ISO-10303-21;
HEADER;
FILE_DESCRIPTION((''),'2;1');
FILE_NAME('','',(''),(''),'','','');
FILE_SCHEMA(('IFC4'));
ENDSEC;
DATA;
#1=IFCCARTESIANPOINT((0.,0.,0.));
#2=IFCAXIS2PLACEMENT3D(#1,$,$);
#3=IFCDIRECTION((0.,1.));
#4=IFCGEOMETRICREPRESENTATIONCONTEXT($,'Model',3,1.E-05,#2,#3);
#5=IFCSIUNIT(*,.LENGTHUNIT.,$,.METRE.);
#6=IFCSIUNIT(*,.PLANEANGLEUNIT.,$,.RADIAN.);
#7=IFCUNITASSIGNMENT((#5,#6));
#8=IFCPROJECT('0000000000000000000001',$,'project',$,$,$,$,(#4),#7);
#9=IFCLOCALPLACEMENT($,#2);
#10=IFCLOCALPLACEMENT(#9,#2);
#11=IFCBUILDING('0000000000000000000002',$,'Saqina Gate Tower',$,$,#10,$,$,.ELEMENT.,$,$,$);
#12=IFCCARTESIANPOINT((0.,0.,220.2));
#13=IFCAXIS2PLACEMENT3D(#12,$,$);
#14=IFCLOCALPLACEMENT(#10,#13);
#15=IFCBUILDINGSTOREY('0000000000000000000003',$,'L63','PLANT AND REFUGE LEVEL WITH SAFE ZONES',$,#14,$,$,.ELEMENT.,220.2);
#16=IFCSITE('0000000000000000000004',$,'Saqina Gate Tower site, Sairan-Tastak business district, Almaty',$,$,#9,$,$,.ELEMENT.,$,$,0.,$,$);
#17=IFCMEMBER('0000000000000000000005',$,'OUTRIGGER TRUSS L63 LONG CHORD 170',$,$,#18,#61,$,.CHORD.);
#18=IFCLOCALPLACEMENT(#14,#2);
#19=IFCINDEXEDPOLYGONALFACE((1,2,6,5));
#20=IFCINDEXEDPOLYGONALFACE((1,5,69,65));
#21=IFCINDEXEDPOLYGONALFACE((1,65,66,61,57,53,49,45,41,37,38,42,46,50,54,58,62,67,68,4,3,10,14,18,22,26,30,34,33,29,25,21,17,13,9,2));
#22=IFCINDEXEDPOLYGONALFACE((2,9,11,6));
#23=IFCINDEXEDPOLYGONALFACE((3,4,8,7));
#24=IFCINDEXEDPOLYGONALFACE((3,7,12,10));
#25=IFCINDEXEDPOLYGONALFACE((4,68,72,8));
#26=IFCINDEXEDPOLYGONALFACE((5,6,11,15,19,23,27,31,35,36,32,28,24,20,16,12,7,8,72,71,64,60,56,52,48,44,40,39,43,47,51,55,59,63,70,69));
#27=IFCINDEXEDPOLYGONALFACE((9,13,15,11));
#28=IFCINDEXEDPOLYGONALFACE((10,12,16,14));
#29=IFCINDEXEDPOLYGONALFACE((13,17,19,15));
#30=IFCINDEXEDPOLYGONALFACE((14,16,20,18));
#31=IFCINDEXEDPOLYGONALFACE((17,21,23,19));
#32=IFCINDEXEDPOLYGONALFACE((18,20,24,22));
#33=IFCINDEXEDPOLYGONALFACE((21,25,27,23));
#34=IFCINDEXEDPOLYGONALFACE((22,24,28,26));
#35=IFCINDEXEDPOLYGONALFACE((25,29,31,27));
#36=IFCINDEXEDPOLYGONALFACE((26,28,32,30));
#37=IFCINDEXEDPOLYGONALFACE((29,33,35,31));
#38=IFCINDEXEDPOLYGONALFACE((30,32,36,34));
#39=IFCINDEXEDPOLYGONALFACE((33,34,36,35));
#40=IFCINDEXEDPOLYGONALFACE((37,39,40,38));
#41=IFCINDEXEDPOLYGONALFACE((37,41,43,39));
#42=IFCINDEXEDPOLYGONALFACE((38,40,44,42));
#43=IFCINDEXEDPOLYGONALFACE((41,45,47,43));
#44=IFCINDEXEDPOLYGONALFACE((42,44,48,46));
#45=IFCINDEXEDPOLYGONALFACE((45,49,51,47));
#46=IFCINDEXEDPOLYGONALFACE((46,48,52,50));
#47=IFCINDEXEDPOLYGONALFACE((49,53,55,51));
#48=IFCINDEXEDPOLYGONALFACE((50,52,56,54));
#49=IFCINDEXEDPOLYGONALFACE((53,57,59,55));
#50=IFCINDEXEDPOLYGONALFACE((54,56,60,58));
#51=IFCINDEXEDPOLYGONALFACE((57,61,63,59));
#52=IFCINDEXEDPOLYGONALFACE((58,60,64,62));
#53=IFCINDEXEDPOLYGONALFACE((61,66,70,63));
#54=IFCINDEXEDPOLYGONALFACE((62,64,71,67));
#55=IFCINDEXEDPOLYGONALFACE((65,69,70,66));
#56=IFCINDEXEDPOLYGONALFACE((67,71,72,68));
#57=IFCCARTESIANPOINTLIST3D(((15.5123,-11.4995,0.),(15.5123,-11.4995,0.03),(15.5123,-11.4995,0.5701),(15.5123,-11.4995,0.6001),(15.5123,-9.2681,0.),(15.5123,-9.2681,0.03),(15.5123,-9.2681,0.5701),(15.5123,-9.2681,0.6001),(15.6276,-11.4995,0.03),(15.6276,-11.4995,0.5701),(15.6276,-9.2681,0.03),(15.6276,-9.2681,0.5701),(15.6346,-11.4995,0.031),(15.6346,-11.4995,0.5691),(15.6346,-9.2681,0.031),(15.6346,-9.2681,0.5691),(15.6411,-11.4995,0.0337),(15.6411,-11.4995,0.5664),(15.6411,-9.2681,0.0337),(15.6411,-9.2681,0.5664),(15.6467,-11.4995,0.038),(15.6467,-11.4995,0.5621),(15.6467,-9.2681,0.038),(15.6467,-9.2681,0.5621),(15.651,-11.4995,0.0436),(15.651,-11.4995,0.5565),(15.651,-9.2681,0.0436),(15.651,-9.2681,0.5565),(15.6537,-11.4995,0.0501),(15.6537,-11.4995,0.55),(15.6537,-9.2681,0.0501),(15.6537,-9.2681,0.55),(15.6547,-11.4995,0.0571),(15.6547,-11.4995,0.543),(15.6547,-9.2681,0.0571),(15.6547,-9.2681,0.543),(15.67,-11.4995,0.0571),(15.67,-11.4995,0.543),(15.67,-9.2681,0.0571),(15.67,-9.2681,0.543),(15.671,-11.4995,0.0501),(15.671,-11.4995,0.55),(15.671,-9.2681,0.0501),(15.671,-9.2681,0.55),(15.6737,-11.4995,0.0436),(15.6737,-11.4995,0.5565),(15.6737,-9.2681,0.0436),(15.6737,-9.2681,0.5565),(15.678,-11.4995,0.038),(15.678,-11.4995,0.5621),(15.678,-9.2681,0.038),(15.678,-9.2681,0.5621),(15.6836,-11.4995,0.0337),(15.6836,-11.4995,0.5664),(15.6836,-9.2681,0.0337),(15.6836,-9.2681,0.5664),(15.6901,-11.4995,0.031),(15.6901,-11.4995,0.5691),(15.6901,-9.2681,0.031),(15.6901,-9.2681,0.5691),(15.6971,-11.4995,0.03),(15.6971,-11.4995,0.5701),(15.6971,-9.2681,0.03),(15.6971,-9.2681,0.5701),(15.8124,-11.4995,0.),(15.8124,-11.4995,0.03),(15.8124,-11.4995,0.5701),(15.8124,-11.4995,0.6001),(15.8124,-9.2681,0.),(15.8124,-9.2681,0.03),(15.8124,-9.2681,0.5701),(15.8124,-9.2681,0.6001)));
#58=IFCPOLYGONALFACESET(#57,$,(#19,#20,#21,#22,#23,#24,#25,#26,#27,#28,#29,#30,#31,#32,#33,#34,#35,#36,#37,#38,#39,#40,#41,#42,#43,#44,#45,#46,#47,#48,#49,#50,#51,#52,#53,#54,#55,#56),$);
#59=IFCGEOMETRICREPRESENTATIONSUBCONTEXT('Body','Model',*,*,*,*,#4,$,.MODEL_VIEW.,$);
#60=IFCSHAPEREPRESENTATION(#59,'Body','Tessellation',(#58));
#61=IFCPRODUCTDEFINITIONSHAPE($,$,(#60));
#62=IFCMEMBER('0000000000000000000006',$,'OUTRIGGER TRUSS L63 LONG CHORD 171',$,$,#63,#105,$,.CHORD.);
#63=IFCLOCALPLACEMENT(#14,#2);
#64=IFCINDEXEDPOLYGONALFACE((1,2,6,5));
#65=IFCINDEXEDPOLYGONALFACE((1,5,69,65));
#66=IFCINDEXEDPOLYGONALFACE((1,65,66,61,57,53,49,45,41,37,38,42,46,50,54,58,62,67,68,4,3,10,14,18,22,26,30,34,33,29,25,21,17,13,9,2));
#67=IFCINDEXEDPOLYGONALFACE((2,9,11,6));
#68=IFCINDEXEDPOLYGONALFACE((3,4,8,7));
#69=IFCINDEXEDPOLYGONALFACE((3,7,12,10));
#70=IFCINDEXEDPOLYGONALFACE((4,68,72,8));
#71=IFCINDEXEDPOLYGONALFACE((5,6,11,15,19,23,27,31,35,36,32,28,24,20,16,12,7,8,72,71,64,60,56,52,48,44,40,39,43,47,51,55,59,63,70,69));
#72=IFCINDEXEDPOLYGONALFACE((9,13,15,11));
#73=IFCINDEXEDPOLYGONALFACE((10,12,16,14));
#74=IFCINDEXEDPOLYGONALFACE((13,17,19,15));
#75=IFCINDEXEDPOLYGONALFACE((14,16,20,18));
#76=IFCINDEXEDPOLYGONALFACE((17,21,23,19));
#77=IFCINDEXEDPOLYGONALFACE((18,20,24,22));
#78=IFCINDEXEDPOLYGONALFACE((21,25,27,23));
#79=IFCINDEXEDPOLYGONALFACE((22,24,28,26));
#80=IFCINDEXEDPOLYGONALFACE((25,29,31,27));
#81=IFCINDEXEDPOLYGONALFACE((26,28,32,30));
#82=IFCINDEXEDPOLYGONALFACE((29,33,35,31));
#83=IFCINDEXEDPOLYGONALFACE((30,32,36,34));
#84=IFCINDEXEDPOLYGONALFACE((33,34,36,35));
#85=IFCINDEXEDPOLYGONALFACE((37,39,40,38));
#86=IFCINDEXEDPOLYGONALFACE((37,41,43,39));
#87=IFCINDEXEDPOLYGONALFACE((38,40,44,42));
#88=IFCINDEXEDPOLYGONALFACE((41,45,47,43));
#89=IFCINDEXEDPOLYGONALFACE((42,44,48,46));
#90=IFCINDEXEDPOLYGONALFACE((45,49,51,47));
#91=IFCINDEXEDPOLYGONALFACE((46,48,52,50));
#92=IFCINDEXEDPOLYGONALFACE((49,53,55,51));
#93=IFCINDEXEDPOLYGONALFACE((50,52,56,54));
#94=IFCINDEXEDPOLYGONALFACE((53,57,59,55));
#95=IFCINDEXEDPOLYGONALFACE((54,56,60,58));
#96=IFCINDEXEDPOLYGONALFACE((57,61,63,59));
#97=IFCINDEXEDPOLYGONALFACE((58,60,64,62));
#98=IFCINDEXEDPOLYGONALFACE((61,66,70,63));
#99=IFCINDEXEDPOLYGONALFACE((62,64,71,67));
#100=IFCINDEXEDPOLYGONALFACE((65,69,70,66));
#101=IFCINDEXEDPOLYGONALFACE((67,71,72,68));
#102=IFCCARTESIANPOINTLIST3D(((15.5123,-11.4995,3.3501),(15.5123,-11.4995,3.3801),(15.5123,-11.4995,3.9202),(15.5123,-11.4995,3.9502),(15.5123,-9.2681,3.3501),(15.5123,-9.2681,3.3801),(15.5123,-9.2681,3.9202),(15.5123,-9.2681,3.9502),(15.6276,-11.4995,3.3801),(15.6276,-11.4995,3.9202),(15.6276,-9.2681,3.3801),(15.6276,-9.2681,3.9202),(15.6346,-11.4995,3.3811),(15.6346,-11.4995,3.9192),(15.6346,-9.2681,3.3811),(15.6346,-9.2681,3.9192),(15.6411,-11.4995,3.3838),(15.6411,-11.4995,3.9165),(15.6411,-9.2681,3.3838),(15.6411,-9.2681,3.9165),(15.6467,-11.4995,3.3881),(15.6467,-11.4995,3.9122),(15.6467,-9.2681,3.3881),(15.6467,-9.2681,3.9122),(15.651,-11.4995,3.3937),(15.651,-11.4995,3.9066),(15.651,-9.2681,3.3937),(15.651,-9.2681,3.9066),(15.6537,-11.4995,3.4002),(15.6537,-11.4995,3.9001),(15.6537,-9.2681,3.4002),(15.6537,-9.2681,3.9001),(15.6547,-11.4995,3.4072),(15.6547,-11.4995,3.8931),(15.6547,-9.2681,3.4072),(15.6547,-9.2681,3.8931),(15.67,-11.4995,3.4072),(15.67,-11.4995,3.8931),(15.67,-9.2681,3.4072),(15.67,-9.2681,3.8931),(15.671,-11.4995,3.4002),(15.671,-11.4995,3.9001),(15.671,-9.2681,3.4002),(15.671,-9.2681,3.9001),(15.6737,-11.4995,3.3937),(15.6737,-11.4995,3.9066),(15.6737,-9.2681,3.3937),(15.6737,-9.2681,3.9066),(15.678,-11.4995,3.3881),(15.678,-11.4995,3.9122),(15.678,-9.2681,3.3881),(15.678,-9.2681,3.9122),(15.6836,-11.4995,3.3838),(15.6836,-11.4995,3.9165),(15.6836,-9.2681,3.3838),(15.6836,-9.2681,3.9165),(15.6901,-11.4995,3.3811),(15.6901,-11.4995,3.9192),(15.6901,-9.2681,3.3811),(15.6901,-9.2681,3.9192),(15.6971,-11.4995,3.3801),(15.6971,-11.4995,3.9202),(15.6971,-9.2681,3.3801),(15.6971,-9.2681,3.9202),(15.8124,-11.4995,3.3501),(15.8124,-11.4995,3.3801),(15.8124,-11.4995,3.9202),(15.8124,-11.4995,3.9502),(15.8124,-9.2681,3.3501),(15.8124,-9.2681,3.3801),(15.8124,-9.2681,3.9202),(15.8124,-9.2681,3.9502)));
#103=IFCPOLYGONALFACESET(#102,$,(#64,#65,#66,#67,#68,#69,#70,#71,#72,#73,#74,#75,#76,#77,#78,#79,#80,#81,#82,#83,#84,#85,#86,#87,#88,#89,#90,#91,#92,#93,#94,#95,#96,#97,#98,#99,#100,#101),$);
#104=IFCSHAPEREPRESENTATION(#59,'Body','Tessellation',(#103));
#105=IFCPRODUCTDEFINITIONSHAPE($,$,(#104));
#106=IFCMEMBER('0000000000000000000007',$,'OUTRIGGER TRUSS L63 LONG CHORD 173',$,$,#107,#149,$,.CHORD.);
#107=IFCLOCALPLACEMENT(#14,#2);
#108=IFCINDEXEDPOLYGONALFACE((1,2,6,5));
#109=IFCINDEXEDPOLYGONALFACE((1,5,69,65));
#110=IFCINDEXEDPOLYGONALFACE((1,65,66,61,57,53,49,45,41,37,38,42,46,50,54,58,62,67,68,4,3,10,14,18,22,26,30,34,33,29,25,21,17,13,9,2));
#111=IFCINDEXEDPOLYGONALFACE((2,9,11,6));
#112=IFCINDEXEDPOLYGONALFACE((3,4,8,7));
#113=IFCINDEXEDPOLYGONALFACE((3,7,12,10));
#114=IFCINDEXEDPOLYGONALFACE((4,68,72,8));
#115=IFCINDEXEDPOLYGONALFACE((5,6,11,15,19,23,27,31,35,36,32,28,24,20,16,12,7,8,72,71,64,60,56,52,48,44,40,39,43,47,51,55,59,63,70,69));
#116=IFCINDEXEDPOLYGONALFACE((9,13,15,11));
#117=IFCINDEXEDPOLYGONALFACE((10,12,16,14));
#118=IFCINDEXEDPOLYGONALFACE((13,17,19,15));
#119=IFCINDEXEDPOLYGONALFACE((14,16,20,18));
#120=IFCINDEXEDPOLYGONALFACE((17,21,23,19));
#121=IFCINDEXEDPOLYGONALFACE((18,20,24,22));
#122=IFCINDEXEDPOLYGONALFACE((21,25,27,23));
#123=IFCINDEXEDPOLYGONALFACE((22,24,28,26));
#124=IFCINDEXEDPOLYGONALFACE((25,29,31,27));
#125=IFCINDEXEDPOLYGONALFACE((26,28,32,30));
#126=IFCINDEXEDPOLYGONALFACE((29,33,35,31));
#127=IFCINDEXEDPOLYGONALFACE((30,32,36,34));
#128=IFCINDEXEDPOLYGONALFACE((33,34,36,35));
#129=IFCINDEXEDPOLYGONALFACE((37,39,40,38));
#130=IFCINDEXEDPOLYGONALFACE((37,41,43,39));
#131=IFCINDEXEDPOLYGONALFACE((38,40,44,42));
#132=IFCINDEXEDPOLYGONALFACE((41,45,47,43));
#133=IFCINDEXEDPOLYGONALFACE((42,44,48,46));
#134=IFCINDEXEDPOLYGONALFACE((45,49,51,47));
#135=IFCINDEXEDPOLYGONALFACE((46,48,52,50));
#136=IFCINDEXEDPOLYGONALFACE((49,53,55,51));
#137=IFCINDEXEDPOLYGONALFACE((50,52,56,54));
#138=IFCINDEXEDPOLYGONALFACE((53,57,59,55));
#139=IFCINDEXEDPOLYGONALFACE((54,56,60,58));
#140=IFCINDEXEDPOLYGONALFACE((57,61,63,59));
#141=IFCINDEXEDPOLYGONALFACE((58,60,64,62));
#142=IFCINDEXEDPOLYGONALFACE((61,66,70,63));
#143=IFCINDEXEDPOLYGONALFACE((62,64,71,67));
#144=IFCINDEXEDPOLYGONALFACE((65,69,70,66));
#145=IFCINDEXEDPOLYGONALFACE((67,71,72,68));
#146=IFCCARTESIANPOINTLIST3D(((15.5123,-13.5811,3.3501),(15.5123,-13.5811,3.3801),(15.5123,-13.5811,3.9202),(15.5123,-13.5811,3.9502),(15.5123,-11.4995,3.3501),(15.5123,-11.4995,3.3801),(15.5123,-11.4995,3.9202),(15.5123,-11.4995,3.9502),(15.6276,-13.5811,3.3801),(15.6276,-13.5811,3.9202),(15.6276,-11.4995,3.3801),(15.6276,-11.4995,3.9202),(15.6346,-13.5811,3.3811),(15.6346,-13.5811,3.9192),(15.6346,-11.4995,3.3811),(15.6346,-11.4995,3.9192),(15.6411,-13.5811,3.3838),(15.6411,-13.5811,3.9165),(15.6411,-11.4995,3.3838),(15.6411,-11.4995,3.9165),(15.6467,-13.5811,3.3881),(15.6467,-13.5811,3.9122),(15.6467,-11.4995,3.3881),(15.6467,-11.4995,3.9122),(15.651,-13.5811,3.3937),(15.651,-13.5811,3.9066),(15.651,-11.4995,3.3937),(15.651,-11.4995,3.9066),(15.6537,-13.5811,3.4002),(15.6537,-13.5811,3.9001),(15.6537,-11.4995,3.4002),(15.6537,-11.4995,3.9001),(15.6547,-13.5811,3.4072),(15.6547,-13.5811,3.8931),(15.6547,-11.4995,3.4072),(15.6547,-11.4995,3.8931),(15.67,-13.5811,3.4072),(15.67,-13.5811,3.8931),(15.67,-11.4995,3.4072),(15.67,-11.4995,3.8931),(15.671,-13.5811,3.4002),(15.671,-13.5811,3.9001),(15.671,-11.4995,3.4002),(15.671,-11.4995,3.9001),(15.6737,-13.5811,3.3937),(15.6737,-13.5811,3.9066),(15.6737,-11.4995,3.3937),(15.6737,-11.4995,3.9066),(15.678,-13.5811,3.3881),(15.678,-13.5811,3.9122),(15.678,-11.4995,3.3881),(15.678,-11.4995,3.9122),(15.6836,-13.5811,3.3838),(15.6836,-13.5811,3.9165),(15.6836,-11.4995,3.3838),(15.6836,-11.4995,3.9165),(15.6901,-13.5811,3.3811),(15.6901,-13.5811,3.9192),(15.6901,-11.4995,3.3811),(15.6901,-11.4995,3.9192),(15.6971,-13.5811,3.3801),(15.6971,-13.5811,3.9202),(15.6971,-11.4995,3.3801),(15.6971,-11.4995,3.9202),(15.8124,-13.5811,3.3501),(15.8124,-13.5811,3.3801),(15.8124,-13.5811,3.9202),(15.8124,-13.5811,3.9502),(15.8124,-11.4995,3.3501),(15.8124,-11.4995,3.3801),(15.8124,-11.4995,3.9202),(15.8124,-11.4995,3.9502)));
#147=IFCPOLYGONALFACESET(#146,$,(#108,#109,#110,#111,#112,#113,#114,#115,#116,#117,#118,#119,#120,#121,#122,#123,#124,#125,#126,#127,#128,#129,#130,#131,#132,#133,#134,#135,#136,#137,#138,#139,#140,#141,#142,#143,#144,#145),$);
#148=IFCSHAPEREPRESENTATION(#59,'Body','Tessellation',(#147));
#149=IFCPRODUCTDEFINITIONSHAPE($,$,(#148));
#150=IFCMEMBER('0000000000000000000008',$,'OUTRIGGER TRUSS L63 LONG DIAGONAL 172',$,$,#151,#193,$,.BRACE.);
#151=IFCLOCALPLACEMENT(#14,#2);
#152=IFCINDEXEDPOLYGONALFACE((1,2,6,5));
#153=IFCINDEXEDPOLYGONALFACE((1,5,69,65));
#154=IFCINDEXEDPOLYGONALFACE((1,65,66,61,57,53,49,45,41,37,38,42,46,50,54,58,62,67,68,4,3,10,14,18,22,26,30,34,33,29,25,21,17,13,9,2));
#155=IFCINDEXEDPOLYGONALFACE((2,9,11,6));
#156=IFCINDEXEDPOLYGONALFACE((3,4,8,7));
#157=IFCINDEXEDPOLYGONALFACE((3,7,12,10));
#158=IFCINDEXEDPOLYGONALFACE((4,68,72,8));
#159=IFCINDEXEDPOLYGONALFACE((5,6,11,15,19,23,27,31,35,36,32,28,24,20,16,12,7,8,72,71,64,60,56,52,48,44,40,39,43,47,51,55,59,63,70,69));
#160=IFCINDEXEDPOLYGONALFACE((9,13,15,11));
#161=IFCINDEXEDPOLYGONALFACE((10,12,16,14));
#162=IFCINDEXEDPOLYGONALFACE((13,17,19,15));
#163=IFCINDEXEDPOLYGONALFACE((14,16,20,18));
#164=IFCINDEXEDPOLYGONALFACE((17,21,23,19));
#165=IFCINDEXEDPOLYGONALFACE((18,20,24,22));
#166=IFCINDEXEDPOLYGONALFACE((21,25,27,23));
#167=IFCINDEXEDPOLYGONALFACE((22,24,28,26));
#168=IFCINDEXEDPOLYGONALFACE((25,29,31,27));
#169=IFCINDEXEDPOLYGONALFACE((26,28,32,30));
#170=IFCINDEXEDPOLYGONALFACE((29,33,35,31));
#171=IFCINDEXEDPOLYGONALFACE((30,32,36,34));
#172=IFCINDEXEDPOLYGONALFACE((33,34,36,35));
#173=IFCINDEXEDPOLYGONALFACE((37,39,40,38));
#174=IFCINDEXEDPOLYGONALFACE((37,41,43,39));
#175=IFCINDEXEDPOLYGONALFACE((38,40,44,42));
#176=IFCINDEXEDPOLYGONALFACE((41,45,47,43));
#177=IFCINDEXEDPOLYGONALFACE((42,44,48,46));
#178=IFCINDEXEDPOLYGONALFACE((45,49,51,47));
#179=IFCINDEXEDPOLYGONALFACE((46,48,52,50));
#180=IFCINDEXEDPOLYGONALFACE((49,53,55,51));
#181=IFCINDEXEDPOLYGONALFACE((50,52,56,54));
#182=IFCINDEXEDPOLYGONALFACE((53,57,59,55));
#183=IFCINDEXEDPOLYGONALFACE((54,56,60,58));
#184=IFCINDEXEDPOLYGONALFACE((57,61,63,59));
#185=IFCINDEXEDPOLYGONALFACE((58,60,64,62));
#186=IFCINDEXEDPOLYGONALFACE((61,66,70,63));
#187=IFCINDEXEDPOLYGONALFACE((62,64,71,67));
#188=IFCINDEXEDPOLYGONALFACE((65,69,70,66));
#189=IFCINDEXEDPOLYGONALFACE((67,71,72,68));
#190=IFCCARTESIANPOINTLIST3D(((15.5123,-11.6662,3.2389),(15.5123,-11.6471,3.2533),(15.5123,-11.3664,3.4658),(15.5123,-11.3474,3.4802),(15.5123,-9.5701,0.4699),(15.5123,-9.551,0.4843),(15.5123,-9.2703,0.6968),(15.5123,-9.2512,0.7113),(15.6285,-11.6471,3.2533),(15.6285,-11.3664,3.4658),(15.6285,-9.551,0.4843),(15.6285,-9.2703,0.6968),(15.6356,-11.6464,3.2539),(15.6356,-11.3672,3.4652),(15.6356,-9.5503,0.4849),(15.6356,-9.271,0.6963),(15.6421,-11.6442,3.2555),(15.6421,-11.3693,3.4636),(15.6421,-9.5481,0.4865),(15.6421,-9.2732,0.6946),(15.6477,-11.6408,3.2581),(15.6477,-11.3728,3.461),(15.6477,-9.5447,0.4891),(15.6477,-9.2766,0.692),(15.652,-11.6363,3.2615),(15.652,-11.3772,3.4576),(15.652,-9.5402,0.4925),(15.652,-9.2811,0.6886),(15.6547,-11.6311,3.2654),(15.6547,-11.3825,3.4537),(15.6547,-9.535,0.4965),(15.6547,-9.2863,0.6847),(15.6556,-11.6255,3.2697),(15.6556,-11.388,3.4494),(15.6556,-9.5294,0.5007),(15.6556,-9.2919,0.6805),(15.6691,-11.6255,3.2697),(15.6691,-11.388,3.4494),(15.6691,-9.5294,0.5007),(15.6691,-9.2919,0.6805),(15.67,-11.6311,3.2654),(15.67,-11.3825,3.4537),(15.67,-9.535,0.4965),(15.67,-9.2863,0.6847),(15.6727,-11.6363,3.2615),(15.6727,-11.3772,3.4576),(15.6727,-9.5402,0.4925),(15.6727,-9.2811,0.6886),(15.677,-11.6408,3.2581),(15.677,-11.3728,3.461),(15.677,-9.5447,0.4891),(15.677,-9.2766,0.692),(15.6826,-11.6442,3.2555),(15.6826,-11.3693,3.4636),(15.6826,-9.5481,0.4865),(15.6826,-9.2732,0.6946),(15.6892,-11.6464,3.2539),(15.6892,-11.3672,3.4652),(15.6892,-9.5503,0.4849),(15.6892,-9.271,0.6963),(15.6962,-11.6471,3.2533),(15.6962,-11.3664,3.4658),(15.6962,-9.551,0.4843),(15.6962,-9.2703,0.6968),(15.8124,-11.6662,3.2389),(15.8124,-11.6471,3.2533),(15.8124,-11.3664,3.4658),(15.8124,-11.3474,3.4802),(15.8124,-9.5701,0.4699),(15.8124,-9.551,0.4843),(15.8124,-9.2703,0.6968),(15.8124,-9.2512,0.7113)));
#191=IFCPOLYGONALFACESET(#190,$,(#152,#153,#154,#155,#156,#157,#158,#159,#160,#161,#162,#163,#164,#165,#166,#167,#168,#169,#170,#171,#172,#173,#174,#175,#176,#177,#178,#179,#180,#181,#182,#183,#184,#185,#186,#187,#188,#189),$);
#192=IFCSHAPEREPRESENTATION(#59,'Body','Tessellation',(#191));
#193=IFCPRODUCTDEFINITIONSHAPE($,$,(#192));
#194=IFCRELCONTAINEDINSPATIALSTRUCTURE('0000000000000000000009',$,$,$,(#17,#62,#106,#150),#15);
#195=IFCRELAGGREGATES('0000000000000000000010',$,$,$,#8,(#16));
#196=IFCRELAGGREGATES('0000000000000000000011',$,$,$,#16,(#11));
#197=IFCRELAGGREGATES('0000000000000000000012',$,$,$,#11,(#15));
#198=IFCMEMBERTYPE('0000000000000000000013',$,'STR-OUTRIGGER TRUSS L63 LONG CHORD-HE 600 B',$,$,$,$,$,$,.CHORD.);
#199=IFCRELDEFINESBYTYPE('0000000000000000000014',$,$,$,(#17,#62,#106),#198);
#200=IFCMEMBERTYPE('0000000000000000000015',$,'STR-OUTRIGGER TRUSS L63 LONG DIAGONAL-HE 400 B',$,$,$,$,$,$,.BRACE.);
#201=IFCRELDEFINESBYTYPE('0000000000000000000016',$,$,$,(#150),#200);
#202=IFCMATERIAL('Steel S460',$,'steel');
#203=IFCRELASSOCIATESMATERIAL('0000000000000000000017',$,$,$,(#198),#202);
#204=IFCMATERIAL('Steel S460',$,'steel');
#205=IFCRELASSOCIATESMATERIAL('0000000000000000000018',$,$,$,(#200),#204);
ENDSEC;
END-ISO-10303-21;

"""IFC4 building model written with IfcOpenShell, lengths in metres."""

from ifc_helpers import new_model, si_unit, direction, frame, origin, origin_2d, place, context, subcontext, project, spatial, i_section, extrude, material, material_profile, profile_set, type_object, element, save


model = new_model("IFC4")

# Units and contexts
model_context = context("Model", 3, precision=1e-05, world=origin(), true_north=direction((0.0, 1.0)))
body_context = subcontext(model_context, "Body", "Model", "MODEL_VIEW")
ifc_project = project(units=[si_unit("LENGTHUNIT", "METRE"), si_unit("PLANEANGLEUNIT", "RADIAN")], contexts=[model_context])

# Site, building, storey
site_placement = place(None, origin())
site = spatial("IfcSite", under=ifc_project, at=site_placement, Name="Saqina Gate Tower site, Sairan-Tastak business district, Almaty", CompositionType="ELEMENT", RefElevation=0.0)
building_placement = place(site_placement, origin())
building = spatial("IfcBuilding", under=site, at=building_placement, Name="Saqina Gate Tower", CompositionType="ELEMENT")
storey_placement = place(building_placement, frame((0.0, 0.0, 220.2)))
storey = spatial("IfcBuildingStorey", under=building, at=storey_placement, Name="L63", Description="PLANT AND REFUGE LEVEL WITH SAFE ZONES", CompositionType="ELEMENT", Elevation=220.2)

# Members
ifc_material_1 = material(Name="Steel S460", Category="steel")
ifc_material_profile_1 = material_profile(ifc_material_1, i_section(OverallWidth=0.3, OverallDepth=0.6001, WebThickness=0.0154, FlangeThickness=0.03, FilletRadius=0.0271, at=origin_2d()), Name="HE 600 B")
ifc_profile_set_1 = profile_set([ifc_material_profile_1], Name="Steel S460")
member_type_1 = type_object("IfcMemberType", Name="STR-OUTRIGGER TRUSS L63 LONG CHORD-HE 600 B", PredefinedType="CHORD", material=ifc_profile_set_1)
for number, where, z_axis, x_axis, name in (
    (1, (15.6624, -9.2681, 0.3), (0.0, -1.0, 0.0), (1.0, 0.0, 0.0), "OUTRIGGER TRUSS L63 LONG CHORD 170"),
    (2, (15.6624, -9.2681, 3.6501), (0.0, -1.0, 0.0), (1.0, 0.0, 0.0), "OUTRIGGER TRUSS L63 LONG CHORD 171"),
):
    element("IfcMember", number, at=place(storey_placement, frame(where, z_axis=z_axis, x_axis=x_axis)), inside=storey, type_object=member_type_1, Name=name, PredefinedType="CHORD", context=body_context, shape_type="SweptSolid", body=[
        extrude(i_section(OverallWidth=0.3, OverallDepth=0.6001, WebThickness=0.0154, FlangeThickness=0.03, FilletRadius=0.0271, at=origin_2d()), origin(), (0.0, 0.0, 1.0), 2.2314),
    ])
member_1_placement = place(storey_placement, frame((15.6624, -11.4995, 3.6501), z_axis=(0.0, -1.0, 0.0), x_axis=(1.0, 0.0, 0.0)))
element("IfcMember", 3, at=member_1_placement, inside=storey, type_object=member_type_1, Name="OUTRIGGER TRUSS L63 LONG CHORD 173", PredefinedType="CHORD", context=body_context, shape_type="SweptSolid", body=[
    extrude(i_section(OverallWidth=0.3, OverallDepth=0.6001, WebThickness=0.0154, FlangeThickness=0.03, FilletRadius=0.0271, at=origin_2d()), origin(), (0.0, 0.0, 1.0), 2.0815),
])
ifc_material_2 = material(Name="Steel S460", Category="steel")
ifc_material_profile_2 = material_profile(ifc_material_2, i_section(OverallWidth=0.3, OverallDepth=0.3999, WebThickness=0.0134, FlangeThickness=0.0239, FilletRadius=0.0271, at=origin_2d()), Name="HE 400 B")
ifc_profile_set_2 = profile_set([ifc_material_profile_2], Name="Steel S460")
member_type_2 = type_object("IfcMemberType", Name="STR-OUTRIGGER TRUSS L63 LONG DIAGONAL-HE 400 B", PredefinedType="BRACE", material=ifc_profile_set_2)
member_2_placement = place(storey_placement, frame((15.6624, -9.4106, 0.5906), z_axis=(0.0, -0.603571, 0.797309), x_axis=(1.0, 0.0, 0.0)))
element("IfcMember", 4, at=member_2_placement, inside=storey, type_object=member_type_2, Name="OUTRIGGER TRUSS L63 LONG DIAGONAL 172", PredefinedType="BRACE", context=body_context, shape_type="SweptSolid", body=[
    extrude(i_section(OverallWidth=0.3, OverallDepth=0.3999, WebThickness=0.0134, FlangeThickness=0.0239, FilletRadius=0.0271, at=origin_2d()), origin(), (0.0, 0.0, 1.0), 3.4729),
])

save(model, "model.ifc")
